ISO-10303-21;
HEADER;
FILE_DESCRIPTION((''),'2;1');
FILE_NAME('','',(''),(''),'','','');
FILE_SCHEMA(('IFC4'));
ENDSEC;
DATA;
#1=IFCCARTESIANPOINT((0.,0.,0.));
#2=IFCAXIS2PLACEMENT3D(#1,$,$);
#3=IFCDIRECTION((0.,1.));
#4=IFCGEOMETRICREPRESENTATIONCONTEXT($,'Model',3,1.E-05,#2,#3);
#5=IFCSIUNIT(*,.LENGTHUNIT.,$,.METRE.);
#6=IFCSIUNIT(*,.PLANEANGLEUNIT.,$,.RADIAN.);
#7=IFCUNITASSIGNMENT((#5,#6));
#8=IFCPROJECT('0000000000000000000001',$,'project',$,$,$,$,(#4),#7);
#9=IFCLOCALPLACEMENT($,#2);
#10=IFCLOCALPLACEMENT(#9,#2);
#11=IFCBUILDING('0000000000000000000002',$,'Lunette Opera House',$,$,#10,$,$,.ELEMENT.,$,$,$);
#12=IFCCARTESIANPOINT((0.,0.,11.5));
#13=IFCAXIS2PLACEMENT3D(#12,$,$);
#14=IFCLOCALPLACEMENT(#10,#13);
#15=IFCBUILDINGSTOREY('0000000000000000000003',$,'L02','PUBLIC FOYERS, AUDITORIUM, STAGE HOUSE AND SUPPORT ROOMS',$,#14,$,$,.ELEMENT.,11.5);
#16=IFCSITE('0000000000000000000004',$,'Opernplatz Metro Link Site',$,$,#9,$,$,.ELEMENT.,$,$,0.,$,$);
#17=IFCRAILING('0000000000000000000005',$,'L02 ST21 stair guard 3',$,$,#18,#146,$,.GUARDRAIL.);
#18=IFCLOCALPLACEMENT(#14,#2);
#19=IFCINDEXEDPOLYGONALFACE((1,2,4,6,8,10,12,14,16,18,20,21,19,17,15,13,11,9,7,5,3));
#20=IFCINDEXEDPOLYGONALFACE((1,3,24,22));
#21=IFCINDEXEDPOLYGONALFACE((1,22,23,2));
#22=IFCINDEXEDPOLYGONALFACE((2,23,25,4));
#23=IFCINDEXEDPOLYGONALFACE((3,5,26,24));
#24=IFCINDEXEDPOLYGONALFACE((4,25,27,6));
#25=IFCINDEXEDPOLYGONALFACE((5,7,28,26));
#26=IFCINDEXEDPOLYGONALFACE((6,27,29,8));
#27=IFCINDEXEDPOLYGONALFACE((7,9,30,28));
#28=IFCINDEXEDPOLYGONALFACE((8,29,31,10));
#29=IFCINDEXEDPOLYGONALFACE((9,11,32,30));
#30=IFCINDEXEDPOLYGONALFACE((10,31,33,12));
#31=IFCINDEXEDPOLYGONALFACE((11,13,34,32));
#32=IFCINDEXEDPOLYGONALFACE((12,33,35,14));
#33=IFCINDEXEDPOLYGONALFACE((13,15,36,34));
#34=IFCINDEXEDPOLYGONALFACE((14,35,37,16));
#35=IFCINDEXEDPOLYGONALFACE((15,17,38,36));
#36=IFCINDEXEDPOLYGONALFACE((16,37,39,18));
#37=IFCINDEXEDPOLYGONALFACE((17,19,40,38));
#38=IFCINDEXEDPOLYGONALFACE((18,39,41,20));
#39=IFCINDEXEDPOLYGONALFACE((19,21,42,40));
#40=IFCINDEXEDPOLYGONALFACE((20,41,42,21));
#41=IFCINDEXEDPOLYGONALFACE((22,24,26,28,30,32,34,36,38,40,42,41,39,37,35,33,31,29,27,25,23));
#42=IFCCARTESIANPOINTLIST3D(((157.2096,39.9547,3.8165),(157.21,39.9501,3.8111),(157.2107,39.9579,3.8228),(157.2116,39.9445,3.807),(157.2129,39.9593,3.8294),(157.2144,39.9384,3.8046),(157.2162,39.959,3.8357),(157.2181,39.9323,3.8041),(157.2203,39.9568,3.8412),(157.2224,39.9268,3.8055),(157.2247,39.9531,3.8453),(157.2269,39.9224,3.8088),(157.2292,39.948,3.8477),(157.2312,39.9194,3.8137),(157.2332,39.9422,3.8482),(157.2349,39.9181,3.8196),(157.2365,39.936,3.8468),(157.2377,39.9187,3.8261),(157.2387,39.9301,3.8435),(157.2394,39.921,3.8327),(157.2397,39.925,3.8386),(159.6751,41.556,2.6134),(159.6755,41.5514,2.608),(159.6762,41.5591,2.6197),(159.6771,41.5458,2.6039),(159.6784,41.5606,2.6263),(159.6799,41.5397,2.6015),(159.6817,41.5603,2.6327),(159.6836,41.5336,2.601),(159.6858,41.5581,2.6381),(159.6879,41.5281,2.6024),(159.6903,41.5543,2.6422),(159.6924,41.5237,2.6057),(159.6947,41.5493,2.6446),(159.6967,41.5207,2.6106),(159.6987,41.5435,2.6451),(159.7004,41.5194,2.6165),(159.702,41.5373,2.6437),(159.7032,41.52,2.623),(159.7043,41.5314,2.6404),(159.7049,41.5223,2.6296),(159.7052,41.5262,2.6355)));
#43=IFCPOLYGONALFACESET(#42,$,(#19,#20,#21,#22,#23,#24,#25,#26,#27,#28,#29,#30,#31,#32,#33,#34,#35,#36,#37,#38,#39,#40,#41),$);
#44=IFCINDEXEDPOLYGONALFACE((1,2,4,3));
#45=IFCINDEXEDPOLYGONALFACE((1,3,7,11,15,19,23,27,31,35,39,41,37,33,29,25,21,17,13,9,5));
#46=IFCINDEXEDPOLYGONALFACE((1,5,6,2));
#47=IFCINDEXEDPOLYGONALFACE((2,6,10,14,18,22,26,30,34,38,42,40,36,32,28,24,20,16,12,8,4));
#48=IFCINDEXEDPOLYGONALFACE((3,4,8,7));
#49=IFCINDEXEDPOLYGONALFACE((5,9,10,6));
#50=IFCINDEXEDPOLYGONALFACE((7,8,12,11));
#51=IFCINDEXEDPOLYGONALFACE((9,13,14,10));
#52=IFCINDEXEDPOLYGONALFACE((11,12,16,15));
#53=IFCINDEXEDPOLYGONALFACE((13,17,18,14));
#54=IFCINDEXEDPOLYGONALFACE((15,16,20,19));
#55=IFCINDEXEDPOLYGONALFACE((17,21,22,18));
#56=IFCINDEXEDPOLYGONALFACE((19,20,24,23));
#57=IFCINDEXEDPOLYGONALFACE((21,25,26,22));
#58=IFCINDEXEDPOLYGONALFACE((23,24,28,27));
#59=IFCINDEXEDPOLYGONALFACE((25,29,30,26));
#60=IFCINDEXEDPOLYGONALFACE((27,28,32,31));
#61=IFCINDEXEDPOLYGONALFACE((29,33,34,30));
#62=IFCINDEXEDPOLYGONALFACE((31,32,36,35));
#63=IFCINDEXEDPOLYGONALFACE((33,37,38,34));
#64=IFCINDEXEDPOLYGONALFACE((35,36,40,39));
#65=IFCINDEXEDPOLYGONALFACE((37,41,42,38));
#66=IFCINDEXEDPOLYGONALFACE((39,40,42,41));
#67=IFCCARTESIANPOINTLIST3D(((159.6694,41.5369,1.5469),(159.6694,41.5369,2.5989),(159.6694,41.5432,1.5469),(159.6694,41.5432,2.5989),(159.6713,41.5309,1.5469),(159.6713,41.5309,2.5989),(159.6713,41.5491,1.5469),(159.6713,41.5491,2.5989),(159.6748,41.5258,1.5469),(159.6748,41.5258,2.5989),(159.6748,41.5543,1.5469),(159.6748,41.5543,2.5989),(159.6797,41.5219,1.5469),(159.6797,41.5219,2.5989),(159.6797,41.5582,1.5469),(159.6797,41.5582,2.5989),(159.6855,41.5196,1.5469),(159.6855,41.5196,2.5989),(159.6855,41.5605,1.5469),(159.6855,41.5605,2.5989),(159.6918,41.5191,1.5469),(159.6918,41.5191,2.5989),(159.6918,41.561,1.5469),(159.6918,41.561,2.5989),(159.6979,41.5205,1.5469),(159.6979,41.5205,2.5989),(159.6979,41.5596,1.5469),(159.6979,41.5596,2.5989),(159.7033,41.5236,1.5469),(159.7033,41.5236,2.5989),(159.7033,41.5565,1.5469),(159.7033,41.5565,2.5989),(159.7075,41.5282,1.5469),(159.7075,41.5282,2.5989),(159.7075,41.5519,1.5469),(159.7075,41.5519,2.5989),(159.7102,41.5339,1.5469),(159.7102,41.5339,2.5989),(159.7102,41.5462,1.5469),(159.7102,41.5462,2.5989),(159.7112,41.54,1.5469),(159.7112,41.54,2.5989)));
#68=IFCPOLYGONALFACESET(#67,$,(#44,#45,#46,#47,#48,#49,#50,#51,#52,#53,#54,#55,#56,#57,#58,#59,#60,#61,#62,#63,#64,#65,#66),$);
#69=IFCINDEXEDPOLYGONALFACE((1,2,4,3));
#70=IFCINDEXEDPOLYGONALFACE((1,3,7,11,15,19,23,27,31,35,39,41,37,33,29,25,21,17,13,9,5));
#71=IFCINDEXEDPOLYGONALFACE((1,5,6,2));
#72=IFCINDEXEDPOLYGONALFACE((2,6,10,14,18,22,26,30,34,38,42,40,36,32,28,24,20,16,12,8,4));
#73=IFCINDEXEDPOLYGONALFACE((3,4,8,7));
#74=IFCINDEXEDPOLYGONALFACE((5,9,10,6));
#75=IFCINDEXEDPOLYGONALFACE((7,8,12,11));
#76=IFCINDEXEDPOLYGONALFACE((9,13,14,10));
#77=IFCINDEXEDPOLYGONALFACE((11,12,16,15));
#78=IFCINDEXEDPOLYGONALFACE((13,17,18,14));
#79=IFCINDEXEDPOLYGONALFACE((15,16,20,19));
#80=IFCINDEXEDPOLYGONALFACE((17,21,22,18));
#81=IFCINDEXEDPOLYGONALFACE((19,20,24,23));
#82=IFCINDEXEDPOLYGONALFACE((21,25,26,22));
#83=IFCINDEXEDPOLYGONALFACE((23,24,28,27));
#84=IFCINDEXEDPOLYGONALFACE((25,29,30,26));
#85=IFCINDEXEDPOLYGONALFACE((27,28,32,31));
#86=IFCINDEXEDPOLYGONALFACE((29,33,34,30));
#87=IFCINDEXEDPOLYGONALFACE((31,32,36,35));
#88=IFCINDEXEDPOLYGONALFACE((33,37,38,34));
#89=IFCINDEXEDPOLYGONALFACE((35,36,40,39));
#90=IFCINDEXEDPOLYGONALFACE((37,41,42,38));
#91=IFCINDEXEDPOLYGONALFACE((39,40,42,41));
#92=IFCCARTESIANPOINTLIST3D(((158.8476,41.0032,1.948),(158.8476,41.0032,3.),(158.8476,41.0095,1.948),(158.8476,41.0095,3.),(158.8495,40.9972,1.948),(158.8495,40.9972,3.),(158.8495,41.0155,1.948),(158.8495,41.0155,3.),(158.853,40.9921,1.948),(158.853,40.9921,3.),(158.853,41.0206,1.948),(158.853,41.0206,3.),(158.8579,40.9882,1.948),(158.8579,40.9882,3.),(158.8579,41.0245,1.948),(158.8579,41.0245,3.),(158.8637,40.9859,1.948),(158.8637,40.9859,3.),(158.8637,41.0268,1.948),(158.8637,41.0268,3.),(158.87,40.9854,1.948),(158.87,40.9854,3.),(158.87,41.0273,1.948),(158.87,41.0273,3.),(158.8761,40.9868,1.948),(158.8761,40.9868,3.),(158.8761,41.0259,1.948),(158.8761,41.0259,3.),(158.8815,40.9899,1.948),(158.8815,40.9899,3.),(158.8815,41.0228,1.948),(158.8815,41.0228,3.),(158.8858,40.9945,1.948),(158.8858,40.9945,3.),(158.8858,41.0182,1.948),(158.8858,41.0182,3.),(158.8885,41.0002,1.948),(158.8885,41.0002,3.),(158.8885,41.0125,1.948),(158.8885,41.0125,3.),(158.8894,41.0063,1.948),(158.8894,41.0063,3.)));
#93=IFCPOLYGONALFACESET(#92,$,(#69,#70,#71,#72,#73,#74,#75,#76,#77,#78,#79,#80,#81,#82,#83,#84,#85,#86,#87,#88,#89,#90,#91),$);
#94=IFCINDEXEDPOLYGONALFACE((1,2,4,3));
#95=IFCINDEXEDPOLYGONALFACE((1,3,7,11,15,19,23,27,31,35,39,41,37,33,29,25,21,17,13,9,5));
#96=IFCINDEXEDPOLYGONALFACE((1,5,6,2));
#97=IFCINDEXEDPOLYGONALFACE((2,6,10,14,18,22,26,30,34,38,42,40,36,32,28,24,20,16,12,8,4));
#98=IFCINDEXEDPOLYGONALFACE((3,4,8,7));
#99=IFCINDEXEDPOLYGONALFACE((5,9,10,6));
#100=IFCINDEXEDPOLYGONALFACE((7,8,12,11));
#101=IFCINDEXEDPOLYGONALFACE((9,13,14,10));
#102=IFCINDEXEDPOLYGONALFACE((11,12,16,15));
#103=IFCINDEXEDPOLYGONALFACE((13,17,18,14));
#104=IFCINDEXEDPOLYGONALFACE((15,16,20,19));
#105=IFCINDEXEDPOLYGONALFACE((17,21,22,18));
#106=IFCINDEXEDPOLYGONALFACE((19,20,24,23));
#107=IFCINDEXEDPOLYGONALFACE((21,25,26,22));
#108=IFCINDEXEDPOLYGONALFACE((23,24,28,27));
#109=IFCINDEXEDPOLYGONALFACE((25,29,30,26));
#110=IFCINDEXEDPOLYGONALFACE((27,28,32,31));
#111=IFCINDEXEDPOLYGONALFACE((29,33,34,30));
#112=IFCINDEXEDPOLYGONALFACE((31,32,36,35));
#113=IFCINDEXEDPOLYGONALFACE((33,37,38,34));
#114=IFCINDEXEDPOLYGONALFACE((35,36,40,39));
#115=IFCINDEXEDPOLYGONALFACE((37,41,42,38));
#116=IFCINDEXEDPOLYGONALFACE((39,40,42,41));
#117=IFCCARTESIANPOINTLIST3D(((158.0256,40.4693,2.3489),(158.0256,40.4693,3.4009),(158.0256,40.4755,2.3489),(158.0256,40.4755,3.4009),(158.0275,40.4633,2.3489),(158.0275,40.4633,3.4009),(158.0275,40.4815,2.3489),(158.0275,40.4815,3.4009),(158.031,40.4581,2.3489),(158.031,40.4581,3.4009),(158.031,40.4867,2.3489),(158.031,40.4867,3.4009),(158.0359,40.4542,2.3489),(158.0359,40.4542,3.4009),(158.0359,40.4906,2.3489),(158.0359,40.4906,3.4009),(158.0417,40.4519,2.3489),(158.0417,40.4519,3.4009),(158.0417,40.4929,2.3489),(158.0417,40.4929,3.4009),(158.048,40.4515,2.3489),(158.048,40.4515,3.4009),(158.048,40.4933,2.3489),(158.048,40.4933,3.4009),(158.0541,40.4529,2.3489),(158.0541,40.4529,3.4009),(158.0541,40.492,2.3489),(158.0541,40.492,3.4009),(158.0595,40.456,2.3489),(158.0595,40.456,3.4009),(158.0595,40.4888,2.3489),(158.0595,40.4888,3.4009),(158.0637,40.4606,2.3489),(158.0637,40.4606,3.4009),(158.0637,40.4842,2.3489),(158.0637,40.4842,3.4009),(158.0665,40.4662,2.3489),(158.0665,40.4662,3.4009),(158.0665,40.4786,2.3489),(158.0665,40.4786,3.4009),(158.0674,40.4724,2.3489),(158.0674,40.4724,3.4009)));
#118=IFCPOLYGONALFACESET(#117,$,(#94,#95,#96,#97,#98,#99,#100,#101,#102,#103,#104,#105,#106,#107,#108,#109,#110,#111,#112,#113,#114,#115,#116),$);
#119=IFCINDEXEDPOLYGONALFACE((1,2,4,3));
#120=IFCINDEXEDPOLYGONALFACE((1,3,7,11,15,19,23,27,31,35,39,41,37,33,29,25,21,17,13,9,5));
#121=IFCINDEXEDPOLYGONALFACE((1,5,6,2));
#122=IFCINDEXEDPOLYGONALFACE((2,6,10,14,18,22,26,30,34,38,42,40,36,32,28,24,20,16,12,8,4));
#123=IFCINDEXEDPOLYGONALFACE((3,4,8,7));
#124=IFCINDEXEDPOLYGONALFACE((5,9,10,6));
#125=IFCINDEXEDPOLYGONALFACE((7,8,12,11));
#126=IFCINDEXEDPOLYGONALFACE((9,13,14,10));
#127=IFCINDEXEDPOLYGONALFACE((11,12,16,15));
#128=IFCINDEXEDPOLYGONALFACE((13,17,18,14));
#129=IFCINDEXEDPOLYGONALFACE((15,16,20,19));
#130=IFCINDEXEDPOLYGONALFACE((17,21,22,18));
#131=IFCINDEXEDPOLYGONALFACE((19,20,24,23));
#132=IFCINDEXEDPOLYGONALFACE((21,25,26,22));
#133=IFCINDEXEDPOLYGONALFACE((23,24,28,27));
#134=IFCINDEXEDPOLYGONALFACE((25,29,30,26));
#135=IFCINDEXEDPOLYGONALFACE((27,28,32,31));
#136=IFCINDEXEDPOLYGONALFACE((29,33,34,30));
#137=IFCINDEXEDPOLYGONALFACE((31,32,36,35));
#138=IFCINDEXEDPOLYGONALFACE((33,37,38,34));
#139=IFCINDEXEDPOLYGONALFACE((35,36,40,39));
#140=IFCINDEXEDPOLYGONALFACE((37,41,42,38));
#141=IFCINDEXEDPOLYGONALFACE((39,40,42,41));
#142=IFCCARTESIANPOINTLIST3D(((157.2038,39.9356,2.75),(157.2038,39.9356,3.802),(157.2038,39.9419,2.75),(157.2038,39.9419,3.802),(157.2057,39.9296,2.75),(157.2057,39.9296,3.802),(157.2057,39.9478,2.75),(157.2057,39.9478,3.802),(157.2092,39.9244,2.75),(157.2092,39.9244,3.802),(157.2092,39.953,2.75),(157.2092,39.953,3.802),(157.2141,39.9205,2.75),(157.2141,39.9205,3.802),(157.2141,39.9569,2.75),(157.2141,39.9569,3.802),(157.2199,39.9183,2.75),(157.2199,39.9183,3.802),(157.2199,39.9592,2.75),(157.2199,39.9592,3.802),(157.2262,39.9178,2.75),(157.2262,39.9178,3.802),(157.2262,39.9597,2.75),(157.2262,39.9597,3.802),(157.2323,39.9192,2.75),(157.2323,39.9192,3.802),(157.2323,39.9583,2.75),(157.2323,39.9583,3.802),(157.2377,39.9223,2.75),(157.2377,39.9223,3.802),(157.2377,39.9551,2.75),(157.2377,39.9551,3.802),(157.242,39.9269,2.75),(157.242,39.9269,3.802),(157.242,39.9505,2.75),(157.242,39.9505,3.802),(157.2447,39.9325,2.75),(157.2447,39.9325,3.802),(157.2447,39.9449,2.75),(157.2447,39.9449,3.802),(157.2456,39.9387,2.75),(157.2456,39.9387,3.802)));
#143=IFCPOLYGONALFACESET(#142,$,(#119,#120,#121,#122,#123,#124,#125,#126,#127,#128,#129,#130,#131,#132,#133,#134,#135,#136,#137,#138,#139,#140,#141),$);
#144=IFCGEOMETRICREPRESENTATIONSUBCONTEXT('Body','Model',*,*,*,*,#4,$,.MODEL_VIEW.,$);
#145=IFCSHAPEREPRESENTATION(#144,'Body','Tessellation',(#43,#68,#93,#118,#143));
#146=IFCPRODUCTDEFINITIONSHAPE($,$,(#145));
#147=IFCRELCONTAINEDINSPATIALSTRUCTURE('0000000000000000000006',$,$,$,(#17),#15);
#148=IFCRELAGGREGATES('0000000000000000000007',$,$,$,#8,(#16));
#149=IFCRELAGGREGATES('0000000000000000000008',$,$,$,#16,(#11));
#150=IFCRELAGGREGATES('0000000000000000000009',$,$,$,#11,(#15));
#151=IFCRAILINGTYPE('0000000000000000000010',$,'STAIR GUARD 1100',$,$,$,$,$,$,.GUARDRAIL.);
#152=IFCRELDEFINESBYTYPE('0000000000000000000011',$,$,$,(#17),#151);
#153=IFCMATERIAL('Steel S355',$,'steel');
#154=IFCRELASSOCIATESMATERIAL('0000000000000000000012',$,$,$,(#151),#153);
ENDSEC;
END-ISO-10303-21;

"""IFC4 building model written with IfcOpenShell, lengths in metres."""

from ifc_helpers import new_model, si_unit, direction, frame, origin, origin_2d, place, context, subcontext, project, spatial, circle, extrude, material, type_object, element, save


model = new_model("IFC4")

# Units and contexts
model_context = context("Model", 3, precision=1e-05, world=origin(), true_north=direction((0.0, 1.0)))
body_context = subcontext(model_context, "Body", "Model", "MODEL_VIEW")
ifc_project = project(units=[si_unit("LENGTHUNIT", "METRE"), si_unit("PLANEANGLEUNIT", "RADIAN")], contexts=[model_context])

# Site, building, storey
site_placement = place(None, origin())
site = spatial("IfcSite", under=ifc_project, at=site_placement, Name="Opernplatz Metro Link Site", CompositionType="ELEMENT", RefElevation=0.0)
building_placement = place(site_placement, origin())
building = spatial("IfcBuilding", under=site, at=building_placement, Name="Lunette Opera House", CompositionType="ELEMENT")
storey_placement = place(building_placement, frame((0.0, 0.0, 11.5)))
storey = spatial("IfcBuildingStorey", under=building, at=storey_placement, Name="L02", Description="PUBLIC FOYERS, AUDITORIUM, STAGE HOUSE AND SUPPORT ROOMS", CompositionType="ELEMENT", Elevation=11.5)

# Railing
ifc_material_1 = material(Name="Steel S355", Category="steel")
railing_type_1 = type_object("IfcRailingType", Name="STAIR GUARD 1100", PredefinedType="GUARDRAIL", material=ifc_material_1)
railing_1_placement = place(storey_placement, frame((159.6902, 41.54, 1.5469)))
element("IfcRailing", 1, at=railing_1_placement, inside=storey, type_object=railing_type_1, Name="L02 ST21 stair guard 3", PredefinedType="GUARDRAIL", context=body_context, shape_type="SweptSolid", body=[
    extrude(circle(Radius=0.0239, at=origin_2d()), frame((0.0, 0.0, 1.0762), z_axis=(-0.776168, -0.504098, 0.378746), x_axis=(0.544676, -0.838647, 0.0)), (0.0, 0.0, 1.0), 3.1765),
    extrude(circle(Radius=0.021, at=origin_2d()), origin(), (0.0, 0.0, 1.0), 1.052),
    extrude(circle(Radius=0.021, at=origin_2d()), frame((-0.8218, -0.5337, 0.4011)), (0.0, 0.0, 1.0), 1.052),
    extrude(circle(Radius=0.021, at=origin_2d()), frame((-1.6438, -1.0676, 0.802)), (0.0, 0.0, 1.0), 1.052),
    extrude(circle(Radius=0.021, at=origin_2d()), frame((-2.4656, -1.6013, 1.2031)), (0.0, 0.0, 1.0), 1.052),
])

save(model, "model.ifc")
